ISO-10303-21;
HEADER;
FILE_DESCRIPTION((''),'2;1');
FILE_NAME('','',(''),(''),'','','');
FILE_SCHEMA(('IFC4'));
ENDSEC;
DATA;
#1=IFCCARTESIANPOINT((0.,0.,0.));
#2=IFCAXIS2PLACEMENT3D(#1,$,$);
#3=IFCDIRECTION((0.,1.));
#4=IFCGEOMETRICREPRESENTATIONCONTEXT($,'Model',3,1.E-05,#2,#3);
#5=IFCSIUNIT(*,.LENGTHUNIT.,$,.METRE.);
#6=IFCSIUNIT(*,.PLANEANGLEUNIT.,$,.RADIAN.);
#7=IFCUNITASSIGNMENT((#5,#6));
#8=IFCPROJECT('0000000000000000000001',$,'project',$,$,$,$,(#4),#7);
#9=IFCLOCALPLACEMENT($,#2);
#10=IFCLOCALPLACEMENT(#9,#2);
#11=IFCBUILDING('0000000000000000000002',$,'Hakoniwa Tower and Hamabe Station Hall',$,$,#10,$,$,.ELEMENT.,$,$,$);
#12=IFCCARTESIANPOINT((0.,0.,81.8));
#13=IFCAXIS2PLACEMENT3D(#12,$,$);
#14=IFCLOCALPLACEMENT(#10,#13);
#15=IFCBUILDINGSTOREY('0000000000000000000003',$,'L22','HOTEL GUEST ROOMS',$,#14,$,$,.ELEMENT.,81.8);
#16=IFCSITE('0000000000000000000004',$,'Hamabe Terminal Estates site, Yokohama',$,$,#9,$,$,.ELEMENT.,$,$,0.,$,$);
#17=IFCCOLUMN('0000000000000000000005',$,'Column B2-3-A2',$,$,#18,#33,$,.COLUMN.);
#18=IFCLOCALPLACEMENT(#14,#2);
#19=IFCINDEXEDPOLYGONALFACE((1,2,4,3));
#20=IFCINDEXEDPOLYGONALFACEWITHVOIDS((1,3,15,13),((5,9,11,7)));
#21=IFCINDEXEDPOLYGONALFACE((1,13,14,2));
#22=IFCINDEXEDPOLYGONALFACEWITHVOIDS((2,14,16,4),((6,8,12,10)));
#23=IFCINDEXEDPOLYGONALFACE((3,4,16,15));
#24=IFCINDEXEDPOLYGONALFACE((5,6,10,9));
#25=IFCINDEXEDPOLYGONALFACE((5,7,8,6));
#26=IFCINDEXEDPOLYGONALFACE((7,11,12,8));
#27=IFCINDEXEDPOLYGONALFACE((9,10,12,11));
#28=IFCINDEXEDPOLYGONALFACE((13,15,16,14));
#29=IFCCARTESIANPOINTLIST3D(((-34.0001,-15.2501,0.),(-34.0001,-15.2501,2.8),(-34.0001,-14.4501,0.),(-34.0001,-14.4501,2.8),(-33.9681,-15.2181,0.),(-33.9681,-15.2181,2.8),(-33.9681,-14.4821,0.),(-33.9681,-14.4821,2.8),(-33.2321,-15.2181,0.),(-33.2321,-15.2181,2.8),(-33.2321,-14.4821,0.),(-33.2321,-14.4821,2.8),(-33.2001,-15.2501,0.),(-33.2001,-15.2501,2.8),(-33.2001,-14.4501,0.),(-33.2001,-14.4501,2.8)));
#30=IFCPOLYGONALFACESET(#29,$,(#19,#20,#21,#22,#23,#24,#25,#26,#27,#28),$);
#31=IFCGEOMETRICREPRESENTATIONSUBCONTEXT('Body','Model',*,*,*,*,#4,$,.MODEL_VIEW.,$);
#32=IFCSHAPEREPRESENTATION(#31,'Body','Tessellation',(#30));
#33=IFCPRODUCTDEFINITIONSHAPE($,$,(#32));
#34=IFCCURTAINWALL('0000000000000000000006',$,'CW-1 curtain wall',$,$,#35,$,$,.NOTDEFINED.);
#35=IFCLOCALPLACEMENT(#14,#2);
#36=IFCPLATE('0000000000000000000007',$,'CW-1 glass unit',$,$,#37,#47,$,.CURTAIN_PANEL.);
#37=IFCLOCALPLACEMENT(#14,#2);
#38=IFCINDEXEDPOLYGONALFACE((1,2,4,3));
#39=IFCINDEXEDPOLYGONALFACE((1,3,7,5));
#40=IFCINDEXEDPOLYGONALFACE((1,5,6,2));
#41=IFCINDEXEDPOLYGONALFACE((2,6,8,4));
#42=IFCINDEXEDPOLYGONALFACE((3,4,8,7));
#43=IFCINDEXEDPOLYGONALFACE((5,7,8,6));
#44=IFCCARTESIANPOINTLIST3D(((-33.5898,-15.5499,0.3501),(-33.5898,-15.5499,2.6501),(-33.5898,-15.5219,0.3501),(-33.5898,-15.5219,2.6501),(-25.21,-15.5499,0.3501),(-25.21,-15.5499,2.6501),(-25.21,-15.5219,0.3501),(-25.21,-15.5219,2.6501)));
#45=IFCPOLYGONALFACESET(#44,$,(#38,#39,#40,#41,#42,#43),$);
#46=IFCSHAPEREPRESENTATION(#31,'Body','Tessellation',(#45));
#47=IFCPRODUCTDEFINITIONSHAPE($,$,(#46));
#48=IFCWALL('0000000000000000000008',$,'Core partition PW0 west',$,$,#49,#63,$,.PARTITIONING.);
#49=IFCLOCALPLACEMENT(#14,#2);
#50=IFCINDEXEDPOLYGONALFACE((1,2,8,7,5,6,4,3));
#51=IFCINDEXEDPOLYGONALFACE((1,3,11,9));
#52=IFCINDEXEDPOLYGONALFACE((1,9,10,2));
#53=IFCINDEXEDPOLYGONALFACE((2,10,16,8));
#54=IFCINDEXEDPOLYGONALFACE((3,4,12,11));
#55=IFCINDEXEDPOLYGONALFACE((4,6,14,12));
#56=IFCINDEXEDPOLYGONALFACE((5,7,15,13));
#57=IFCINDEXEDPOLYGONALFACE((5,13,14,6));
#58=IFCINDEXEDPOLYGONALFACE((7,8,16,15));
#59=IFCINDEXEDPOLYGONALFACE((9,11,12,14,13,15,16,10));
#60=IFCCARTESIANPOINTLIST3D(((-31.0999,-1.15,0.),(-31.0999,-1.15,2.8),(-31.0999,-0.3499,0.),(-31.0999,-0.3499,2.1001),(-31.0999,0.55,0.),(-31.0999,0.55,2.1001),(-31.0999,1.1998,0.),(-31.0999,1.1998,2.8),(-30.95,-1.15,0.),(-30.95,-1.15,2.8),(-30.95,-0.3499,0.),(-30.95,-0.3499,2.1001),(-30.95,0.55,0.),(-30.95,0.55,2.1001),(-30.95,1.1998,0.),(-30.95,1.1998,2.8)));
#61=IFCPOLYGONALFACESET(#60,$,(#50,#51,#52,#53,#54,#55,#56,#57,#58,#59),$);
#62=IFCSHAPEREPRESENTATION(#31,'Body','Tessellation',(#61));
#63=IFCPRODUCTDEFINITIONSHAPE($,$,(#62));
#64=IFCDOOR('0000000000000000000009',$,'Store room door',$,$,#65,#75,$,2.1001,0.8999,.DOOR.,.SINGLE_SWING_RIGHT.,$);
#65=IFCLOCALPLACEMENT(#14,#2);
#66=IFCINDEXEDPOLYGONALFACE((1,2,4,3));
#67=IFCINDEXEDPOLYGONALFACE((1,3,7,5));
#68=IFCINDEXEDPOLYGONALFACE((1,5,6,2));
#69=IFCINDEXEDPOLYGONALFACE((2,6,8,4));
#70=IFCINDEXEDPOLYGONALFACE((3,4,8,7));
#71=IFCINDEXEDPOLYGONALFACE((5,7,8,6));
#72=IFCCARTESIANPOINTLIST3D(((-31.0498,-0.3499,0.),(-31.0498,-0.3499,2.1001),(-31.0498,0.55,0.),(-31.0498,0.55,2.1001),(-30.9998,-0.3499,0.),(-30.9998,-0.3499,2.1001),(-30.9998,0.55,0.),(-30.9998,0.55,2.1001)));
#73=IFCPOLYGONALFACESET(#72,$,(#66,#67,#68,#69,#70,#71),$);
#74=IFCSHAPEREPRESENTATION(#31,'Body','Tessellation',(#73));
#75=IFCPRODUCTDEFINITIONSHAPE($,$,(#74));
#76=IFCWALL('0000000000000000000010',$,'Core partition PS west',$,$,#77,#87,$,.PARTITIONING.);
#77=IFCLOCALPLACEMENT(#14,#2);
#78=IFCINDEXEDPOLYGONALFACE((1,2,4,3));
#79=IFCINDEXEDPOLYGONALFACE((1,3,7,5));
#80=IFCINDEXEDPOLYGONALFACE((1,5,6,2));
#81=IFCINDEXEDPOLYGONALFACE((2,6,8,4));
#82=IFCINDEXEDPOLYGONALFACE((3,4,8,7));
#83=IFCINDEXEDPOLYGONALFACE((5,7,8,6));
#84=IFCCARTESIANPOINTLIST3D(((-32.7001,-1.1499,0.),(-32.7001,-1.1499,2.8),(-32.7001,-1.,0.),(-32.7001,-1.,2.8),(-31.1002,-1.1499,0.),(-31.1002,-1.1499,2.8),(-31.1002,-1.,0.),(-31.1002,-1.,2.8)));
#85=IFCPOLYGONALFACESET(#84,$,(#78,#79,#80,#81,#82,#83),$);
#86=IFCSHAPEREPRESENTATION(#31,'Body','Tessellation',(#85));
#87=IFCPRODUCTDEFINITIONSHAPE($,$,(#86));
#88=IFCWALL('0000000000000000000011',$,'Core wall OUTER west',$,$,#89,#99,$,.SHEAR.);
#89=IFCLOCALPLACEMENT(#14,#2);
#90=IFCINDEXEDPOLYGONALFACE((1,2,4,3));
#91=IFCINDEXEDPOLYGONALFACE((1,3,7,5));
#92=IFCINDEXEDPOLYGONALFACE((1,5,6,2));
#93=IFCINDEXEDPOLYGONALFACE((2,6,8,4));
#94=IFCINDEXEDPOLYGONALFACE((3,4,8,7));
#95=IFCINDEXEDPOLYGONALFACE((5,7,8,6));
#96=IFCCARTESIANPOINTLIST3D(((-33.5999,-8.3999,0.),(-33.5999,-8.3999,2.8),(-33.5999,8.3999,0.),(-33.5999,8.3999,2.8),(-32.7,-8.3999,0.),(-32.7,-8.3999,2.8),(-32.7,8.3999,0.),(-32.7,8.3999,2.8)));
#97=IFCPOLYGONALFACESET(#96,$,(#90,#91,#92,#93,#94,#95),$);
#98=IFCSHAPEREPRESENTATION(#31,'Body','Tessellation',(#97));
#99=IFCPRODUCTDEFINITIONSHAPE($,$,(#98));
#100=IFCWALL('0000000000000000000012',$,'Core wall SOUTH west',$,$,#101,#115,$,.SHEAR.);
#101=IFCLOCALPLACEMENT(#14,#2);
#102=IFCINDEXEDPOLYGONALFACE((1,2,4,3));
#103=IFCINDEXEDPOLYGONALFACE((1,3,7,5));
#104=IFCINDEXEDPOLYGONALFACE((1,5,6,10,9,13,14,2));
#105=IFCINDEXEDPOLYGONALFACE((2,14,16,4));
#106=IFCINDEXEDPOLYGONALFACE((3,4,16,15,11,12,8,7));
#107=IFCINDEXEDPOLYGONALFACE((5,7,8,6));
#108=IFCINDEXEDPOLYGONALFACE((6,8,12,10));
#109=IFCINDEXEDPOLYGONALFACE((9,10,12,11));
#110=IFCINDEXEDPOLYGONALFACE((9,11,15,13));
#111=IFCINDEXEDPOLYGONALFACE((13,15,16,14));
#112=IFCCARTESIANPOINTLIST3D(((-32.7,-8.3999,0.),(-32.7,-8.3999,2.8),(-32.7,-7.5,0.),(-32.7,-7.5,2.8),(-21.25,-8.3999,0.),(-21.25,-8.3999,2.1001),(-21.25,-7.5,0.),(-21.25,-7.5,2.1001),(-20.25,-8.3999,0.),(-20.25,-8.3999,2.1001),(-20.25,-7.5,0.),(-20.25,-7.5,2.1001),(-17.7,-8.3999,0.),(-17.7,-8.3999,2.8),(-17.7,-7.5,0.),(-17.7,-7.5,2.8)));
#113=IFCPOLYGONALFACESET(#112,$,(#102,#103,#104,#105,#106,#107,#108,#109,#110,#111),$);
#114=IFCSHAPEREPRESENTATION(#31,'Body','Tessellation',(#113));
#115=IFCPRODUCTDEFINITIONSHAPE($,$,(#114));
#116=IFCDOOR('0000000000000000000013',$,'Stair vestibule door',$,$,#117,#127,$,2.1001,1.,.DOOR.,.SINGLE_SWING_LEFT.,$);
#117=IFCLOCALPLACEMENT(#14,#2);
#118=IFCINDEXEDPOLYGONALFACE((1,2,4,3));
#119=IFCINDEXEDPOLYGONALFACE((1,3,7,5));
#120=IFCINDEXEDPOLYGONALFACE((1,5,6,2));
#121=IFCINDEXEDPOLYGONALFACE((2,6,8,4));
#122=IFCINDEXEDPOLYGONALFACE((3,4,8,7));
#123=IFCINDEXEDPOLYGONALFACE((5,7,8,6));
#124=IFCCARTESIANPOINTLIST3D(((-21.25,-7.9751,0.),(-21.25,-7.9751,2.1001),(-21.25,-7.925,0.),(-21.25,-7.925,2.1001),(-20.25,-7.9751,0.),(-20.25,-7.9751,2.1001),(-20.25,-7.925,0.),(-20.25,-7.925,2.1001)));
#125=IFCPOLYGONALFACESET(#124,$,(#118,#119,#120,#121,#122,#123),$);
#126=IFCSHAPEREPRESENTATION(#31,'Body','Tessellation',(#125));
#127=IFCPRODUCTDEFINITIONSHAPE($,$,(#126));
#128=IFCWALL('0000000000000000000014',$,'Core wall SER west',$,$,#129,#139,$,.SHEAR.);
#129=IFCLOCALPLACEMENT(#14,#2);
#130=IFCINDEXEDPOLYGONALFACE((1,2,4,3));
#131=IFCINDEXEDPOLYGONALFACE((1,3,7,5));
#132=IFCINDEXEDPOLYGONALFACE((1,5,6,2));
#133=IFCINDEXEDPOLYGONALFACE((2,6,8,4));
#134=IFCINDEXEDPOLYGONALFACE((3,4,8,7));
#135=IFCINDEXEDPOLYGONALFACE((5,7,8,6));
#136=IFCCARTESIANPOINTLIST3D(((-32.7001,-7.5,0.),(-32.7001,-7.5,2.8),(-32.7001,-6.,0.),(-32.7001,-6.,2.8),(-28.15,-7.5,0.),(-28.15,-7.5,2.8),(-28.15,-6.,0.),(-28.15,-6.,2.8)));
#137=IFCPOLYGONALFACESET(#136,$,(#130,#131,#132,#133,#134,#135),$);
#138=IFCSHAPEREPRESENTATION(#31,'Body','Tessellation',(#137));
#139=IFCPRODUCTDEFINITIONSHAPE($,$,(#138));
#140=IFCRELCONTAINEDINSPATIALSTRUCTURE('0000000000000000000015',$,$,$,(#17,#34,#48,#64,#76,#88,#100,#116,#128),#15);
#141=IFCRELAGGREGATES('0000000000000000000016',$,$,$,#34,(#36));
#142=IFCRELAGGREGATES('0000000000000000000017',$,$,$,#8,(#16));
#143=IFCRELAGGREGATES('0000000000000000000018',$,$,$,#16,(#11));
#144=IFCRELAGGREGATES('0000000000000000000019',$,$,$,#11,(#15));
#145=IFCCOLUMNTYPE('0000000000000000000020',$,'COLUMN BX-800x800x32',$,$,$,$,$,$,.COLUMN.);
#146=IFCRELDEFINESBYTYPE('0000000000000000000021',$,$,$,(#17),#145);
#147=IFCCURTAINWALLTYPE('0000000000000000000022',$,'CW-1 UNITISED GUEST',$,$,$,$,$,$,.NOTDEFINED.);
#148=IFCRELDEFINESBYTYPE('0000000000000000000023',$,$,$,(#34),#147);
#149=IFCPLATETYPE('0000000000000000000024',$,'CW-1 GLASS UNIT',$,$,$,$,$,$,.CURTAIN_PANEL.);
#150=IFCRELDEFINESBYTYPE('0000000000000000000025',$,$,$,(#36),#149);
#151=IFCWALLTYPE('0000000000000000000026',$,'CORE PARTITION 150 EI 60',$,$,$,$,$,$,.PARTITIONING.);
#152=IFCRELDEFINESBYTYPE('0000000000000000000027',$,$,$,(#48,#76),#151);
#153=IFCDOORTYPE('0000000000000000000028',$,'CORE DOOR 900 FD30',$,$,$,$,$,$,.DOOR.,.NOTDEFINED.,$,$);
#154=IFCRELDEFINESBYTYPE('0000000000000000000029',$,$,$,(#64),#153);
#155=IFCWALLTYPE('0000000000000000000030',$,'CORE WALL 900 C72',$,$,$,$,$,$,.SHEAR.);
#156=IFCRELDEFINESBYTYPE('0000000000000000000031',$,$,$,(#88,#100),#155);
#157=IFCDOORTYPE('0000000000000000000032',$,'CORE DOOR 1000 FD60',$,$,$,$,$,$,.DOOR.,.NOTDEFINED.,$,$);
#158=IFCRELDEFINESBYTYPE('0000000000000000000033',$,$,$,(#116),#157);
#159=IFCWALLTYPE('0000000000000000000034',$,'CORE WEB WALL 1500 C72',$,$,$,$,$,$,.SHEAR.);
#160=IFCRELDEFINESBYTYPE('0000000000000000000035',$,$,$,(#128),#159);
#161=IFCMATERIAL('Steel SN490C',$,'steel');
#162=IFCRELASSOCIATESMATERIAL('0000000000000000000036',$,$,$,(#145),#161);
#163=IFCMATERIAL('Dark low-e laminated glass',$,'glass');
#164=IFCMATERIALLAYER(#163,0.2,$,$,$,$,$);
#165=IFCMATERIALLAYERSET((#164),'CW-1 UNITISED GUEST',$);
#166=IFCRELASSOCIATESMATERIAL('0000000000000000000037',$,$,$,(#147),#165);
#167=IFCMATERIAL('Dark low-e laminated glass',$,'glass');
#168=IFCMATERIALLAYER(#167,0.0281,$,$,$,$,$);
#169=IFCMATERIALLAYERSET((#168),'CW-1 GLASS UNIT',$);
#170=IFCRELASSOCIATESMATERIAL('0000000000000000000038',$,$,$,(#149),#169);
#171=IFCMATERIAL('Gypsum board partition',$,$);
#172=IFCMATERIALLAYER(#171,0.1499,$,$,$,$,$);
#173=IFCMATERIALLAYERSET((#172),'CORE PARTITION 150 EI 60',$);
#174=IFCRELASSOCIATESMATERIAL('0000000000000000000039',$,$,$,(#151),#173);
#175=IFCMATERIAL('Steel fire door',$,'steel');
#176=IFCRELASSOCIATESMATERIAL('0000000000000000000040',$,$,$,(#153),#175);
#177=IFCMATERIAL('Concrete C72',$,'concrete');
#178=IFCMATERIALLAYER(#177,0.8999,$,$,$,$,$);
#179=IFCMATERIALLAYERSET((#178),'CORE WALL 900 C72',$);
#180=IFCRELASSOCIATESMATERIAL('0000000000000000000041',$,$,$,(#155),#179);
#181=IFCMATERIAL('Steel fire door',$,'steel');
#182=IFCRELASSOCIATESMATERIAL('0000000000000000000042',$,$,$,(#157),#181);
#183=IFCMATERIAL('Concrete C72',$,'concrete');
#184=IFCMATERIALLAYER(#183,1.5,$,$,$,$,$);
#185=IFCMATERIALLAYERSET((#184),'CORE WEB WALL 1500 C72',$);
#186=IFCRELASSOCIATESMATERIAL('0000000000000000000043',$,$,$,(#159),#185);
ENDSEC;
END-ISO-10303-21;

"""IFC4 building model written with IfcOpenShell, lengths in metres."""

from ifc_helpers import new_model, si_unit, direction, frame, frame_2d, origin, origin_2d, place, context, subcontext, project, spatial, rectangle, hollow_rectangle, extrude, material, layer, layer_set, material_profile, profile_set, type_object, element, fill, aggregate, save


model = new_model("IFC4")

# Units and contexts
model_context = context("Model", 3, precision=1e-05, world=origin(), true_north=direction((0.0, 1.0)))
body_context = subcontext(model_context, "Body", "Model", "MODEL_VIEW")
ifc_project = project(units=[si_unit("LENGTHUNIT", "METRE"), si_unit("PLANEANGLEUNIT", "RADIAN")], contexts=[model_context])

# Site, building, storey
site_placement = place(None, origin())
site = spatial("IfcSite", under=ifc_project, at=site_placement, Name="Hamabe Terminal Estates site, Yokohama", CompositionType="ELEMENT", RefElevation=0.0)
building_placement = place(site_placement, origin())
building = spatial("IfcBuilding", under=site, at=building_placement, Name="Hakoniwa Tower and Hamabe Station Hall", CompositionType="ELEMENT")
storey_placement = place(building_placement, frame((0.0, 0.0, 81.8)))
storey = spatial("IfcBuildingStorey", under=building, at=storey_placement, Name="L22", Description="HOTEL GUEST ROOMS", CompositionType="ELEMENT", Elevation=81.8)

# Column
ifc_material_1 = material(Name="Steel SN490C", Category="steel")
ifc_material_profile = material_profile(ifc_material_1, hollow_rectangle(XDim=0.8, YDim=0.8, WallThickness=0.032, at=origin_2d()), Name="BX-800x800x32")
ifc_profile_set = profile_set([ifc_material_profile], Name="Steel SN490C")
column_type = type_object("IfcColumnType", Name="COLUMN BX-800x800x32", PredefinedType="COLUMN", material=ifc_profile_set)
column_placement = place(storey_placement, frame((-33.6001, -14.8501, 0.0), z_axis=(0.0, 0.0, 1.0), x_axis=(1.0, 0.0, 0.0)))
element("IfcColumn", 1, at=column_placement, inside=storey, type_object=column_type, Name="Column B2-3-A2", PredefinedType="COLUMN", context=body_context, shape_type="SweptSolid", body=[
    extrude(hollow_rectangle(XDim=0.8, YDim=0.8, WallThickness=0.032, at=origin_2d()), origin(), (0.0, 0.0, 1.0), 2.8),
])

# Curtain wall, plate
ifc_material_2 = material(Name="Dark low-e laminated glass", Category="glass")
ifc_layer_1 = layer(ifc_material_2, 0.2)
ifc_layer_set_1 = layer_set([ifc_layer_1], Name="CW-1 UNITISED GUEST")
curtain_wall_type = type_object("IfcCurtainWallType", Name="CW-1 UNITISED GUEST", PredefinedType="NOTDEFINED", material=ifc_layer_set_1)
curtain_wall_placement = place(storey_placement, origin())
curtain_wall = element("IfcCurtainWall", 2, at=curtain_wall_placement, inside=storey, type_object=curtain_wall_type, Name="CW-1 curtain wall", PredefinedType="NOTDEFINED")
ifc_material_3 = material(Name="Dark low-e laminated glass", Category="glass")
ifc_layer_2 = layer(ifc_material_3, 0.0281)
ifc_layer_set_2 = layer_set([ifc_layer_2], Name="CW-1 GLASS UNIT")
plate_type = type_object("IfcPlateType", Name="CW-1 GLASS UNIT", PredefinedType="CURTAIN_PANEL", material=ifc_layer_set_2)
plate_placement = place(storey_placement, frame((-29.3999, -15.5359, 0.3501), z_axis=(0.0, 0.0, 1.0), x_axis=(1.0, 0.0, 0.0)))
plate = element("IfcPlate", 3, at=plate_placement, type_object=plate_type, Name="CW-1 glass unit", PredefinedType="CURTAIN_PANEL", context=body_context, shape_type="SweptSolid", body=[
    extrude(rectangle(XDim=8.3799, YDim=0.0281, at=origin_2d()), origin(), (0.0, 0.0, 1.0), 2.3),
])
aggregate(curtain_wall, [plate])

# Wall, opening, door
ifc_material_4 = material(Name="Gypsum board partition")
ifc_layer_3 = layer(ifc_material_4, 0.1499)
ifc_layer_set_3 = layer_set([ifc_layer_3], Name="CORE PARTITION 150 EI 60")
wall_type_1 = type_object("IfcWallType", Name="CORE PARTITION 150 EI 60", PredefinedType="PARTITIONING", material=ifc_layer_set_3)
wall_1_placement = place(storey_placement, frame((-31.0249, -1.1499, 0.0), z_axis=(0.0, 0.0, 1.0), x_axis=(0.0, 1.0, 0.0)))
wall_1 = element("IfcWall", 4, at=wall_1_placement, inside=storey, type_object=wall_type_1, Name="Core partition PW0 west", PredefinedType="PARTITIONING", context=body_context, shape_type="SweptSolid", body=[
    extrude(rectangle(XDim=2.3499, YDim=0.1499, at=frame_2d((1.1748, 0.0))), origin(), (0.0, 0.0, 1.0), 2.8),
])
opening_1_placement = place(wall_1_placement, frame((0.8, 0.0, 0.0)))
opening_1 = element("IfcOpeningElement", 5, at=opening_1_placement, cuts=wall_1, PredefinedType="OPENING", context=body_context, shape_type="SweptSolid", body=[
    extrude(rectangle(XDim=0.8999, YDim=2.1001, at=frame_2d((0.45, 1.05))), frame((0.0, 0.085, 0.0), z_axis=(0.0, -1.0, 0.0), x_axis=(1.0, 0.0, 0.0)), (0.0, 0.0, 1.0), 0.1699),
])
ifc_material_5 = material(Name="Steel fire door", Category="steel")
door_type_1 = type_object("IfcDoorType", Name="CORE DOOR 900 FD30", OperationType="NOTDEFINED", PredefinedType="DOOR", material=ifc_material_5)
door_1_placement = place(opening_1_placement, origin())
door_1 = element("IfcDoor", 6, at=door_1_placement, inside=storey, type_object=door_type_1, Name="Store room door", OperationType="SINGLE_SWING_RIGHT", OverallHeight=2.1001, OverallWidth=0.8999, PredefinedType="DOOR", context=body_context, shape_type="SweptSolid", body=[
    extrude(rectangle(XDim=0.8999, YDim=2.1001, at=frame_2d((0.45, 1.05))), frame((0.0, 0.0249, 0.0), z_axis=(0.0, -1.0, 0.0), x_axis=(1.0, 0.0, 0.0)), (0.0, 0.0, 1.0), 0.05),
])
fill(opening_1, door_1)

# Walls
wall_2_placement = place(storey_placement, frame((-32.7, -1.075, 0.0), z_axis=(0.0, 0.0, 1.0), x_axis=(1.0, 0.0, 0.0)))
element("IfcWall", 7, at=wall_2_placement, inside=storey, type_object=wall_type_1, Name="Core partition PS west", PredefinedType="PARTITIONING", context=body_context, shape_type="SweptSolid", body=[
    extrude(rectangle(XDim=1.5999, YDim=0.1499, at=frame_2d((0.7998, 0.0))), origin(), (0.0, 0.0, 1.0), 2.8),
])
ifc_material_6 = material(Name="Concrete C72", Category="concrete")
ifc_layer_4 = layer(ifc_material_6, 0.8999)
ifc_layer_set_4 = layer_set([ifc_layer_4], Name="CORE WALL 900 C72")
wall_type_2 = type_object("IfcWallType", Name="CORE WALL 900 C72", PredefinedType="SHEAR", material=ifc_layer_set_4)
wall_3_placement = place(storey_placement, frame((-33.1499, -8.3999, 0.0), z_axis=(0.0, 0.0, 1.0), x_axis=(0.0, 1.0, 0.0)))
element("IfcWall", 8, at=wall_3_placement, inside=storey, type_object=wall_type_2, Name="Core wall OUTER west", PredefinedType="SHEAR", context=body_context, shape_type="SweptSolid", body=[
    extrude(rectangle(XDim=16.7998, YDim=0.8999, at=frame_2d((8.3999, 0.0))), origin(), (0.0, 0.0, 1.0), 2.8),
])

# Wall, opening, door
wall_4_placement = place(storey_placement, frame((-32.7, -7.95, 0.0), z_axis=(0.0, 0.0, 1.0), x_axis=(1.0, 0.0, 0.0)))
wall_4 = element("IfcWall", 9, at=wall_4_placement, inside=storey, type_object=wall_type_2, Name="Core wall SOUTH west", PredefinedType="SHEAR", context=body_context, shape_type="SweptSolid", body=[
    extrude(rectangle(XDim=15.0, YDim=0.8999, at=frame_2d((7.5, 0.0))), origin(), (0.0, 0.0, 1.0), 2.8),
])
opening_2_placement = place(wall_4_placement, frame((11.45, 0.0, 0.0)))
opening_2 = element("IfcOpeningElement", 10, at=opening_2_placement, cuts=wall_4, PredefinedType="OPENING", context=body_context, shape_type="SweptSolid", body=[
    extrude(rectangle(XDim=1.0, YDim=2.1001, at=frame_2d((0.5, 1.05))), frame((0.0, 0.46, 0.0), z_axis=(0.0, -1.0, 0.0), x_axis=(1.0, 0.0, 0.0)), (0.0, 0.0, 1.0), 0.9199),
])
ifc_material_7 = material(Name="Steel fire door", Category="steel")
door_type_2 = type_object("IfcDoorType", Name="CORE DOOR 1000 FD60", OperationType="NOTDEFINED", PredefinedType="DOOR", material=ifc_material_7)
door_2_placement = place(opening_2_placement, origin())
door_2 = element("IfcDoor", 11, at=door_2_placement, inside=storey, type_object=door_type_2, Name="Stair vestibule door", OperationType="SINGLE_SWING_LEFT", OverallHeight=2.1001, OverallWidth=1.0, PredefinedType="DOOR", context=body_context, shape_type="SweptSolid", body=[
    extrude(rectangle(XDim=1.0, YDim=2.1001, at=frame_2d((0.5, 1.05))), frame((0.0, 0.0249, 0.0), z_axis=(0.0, -1.0, 0.0), x_axis=(1.0, 0.0, 0.0)), (0.0, 0.0, 1.0), 0.05),
])
fill(opening_2, door_2)

# Wall
ifc_material_8 = material(Name="Concrete C72", Category="concrete")
ifc_layer_5 = layer(ifc_material_8, 1.5)
ifc_layer_set_5 = layer_set([ifc_layer_5], Name="CORE WEB WALL 1500 C72")
wall_type_3 = type_object("IfcWallType", Name="CORE WEB WALL 1500 C72", PredefinedType="SHEAR", material=ifc_layer_set_5)
wall_5_placement = place(storey_placement, frame((-32.7, -6.75, 0.0), z_axis=(0.0, 0.0, 1.0), x_axis=(1.0, 0.0, 0.0)))
element("IfcWall", 12, at=wall_5_placement, inside=storey, type_object=wall_type_3, Name="Core wall SER west", PredefinedType="SHEAR", context=body_context, shape_type="SweptSolid", body=[
    extrude(rectangle(XDim=4.55, YDim=1.5, at=frame_2d((2.2749, 0.0))), origin(), (0.0, 0.0, 1.0), 2.8),
])

save(model, "model.ifc")
